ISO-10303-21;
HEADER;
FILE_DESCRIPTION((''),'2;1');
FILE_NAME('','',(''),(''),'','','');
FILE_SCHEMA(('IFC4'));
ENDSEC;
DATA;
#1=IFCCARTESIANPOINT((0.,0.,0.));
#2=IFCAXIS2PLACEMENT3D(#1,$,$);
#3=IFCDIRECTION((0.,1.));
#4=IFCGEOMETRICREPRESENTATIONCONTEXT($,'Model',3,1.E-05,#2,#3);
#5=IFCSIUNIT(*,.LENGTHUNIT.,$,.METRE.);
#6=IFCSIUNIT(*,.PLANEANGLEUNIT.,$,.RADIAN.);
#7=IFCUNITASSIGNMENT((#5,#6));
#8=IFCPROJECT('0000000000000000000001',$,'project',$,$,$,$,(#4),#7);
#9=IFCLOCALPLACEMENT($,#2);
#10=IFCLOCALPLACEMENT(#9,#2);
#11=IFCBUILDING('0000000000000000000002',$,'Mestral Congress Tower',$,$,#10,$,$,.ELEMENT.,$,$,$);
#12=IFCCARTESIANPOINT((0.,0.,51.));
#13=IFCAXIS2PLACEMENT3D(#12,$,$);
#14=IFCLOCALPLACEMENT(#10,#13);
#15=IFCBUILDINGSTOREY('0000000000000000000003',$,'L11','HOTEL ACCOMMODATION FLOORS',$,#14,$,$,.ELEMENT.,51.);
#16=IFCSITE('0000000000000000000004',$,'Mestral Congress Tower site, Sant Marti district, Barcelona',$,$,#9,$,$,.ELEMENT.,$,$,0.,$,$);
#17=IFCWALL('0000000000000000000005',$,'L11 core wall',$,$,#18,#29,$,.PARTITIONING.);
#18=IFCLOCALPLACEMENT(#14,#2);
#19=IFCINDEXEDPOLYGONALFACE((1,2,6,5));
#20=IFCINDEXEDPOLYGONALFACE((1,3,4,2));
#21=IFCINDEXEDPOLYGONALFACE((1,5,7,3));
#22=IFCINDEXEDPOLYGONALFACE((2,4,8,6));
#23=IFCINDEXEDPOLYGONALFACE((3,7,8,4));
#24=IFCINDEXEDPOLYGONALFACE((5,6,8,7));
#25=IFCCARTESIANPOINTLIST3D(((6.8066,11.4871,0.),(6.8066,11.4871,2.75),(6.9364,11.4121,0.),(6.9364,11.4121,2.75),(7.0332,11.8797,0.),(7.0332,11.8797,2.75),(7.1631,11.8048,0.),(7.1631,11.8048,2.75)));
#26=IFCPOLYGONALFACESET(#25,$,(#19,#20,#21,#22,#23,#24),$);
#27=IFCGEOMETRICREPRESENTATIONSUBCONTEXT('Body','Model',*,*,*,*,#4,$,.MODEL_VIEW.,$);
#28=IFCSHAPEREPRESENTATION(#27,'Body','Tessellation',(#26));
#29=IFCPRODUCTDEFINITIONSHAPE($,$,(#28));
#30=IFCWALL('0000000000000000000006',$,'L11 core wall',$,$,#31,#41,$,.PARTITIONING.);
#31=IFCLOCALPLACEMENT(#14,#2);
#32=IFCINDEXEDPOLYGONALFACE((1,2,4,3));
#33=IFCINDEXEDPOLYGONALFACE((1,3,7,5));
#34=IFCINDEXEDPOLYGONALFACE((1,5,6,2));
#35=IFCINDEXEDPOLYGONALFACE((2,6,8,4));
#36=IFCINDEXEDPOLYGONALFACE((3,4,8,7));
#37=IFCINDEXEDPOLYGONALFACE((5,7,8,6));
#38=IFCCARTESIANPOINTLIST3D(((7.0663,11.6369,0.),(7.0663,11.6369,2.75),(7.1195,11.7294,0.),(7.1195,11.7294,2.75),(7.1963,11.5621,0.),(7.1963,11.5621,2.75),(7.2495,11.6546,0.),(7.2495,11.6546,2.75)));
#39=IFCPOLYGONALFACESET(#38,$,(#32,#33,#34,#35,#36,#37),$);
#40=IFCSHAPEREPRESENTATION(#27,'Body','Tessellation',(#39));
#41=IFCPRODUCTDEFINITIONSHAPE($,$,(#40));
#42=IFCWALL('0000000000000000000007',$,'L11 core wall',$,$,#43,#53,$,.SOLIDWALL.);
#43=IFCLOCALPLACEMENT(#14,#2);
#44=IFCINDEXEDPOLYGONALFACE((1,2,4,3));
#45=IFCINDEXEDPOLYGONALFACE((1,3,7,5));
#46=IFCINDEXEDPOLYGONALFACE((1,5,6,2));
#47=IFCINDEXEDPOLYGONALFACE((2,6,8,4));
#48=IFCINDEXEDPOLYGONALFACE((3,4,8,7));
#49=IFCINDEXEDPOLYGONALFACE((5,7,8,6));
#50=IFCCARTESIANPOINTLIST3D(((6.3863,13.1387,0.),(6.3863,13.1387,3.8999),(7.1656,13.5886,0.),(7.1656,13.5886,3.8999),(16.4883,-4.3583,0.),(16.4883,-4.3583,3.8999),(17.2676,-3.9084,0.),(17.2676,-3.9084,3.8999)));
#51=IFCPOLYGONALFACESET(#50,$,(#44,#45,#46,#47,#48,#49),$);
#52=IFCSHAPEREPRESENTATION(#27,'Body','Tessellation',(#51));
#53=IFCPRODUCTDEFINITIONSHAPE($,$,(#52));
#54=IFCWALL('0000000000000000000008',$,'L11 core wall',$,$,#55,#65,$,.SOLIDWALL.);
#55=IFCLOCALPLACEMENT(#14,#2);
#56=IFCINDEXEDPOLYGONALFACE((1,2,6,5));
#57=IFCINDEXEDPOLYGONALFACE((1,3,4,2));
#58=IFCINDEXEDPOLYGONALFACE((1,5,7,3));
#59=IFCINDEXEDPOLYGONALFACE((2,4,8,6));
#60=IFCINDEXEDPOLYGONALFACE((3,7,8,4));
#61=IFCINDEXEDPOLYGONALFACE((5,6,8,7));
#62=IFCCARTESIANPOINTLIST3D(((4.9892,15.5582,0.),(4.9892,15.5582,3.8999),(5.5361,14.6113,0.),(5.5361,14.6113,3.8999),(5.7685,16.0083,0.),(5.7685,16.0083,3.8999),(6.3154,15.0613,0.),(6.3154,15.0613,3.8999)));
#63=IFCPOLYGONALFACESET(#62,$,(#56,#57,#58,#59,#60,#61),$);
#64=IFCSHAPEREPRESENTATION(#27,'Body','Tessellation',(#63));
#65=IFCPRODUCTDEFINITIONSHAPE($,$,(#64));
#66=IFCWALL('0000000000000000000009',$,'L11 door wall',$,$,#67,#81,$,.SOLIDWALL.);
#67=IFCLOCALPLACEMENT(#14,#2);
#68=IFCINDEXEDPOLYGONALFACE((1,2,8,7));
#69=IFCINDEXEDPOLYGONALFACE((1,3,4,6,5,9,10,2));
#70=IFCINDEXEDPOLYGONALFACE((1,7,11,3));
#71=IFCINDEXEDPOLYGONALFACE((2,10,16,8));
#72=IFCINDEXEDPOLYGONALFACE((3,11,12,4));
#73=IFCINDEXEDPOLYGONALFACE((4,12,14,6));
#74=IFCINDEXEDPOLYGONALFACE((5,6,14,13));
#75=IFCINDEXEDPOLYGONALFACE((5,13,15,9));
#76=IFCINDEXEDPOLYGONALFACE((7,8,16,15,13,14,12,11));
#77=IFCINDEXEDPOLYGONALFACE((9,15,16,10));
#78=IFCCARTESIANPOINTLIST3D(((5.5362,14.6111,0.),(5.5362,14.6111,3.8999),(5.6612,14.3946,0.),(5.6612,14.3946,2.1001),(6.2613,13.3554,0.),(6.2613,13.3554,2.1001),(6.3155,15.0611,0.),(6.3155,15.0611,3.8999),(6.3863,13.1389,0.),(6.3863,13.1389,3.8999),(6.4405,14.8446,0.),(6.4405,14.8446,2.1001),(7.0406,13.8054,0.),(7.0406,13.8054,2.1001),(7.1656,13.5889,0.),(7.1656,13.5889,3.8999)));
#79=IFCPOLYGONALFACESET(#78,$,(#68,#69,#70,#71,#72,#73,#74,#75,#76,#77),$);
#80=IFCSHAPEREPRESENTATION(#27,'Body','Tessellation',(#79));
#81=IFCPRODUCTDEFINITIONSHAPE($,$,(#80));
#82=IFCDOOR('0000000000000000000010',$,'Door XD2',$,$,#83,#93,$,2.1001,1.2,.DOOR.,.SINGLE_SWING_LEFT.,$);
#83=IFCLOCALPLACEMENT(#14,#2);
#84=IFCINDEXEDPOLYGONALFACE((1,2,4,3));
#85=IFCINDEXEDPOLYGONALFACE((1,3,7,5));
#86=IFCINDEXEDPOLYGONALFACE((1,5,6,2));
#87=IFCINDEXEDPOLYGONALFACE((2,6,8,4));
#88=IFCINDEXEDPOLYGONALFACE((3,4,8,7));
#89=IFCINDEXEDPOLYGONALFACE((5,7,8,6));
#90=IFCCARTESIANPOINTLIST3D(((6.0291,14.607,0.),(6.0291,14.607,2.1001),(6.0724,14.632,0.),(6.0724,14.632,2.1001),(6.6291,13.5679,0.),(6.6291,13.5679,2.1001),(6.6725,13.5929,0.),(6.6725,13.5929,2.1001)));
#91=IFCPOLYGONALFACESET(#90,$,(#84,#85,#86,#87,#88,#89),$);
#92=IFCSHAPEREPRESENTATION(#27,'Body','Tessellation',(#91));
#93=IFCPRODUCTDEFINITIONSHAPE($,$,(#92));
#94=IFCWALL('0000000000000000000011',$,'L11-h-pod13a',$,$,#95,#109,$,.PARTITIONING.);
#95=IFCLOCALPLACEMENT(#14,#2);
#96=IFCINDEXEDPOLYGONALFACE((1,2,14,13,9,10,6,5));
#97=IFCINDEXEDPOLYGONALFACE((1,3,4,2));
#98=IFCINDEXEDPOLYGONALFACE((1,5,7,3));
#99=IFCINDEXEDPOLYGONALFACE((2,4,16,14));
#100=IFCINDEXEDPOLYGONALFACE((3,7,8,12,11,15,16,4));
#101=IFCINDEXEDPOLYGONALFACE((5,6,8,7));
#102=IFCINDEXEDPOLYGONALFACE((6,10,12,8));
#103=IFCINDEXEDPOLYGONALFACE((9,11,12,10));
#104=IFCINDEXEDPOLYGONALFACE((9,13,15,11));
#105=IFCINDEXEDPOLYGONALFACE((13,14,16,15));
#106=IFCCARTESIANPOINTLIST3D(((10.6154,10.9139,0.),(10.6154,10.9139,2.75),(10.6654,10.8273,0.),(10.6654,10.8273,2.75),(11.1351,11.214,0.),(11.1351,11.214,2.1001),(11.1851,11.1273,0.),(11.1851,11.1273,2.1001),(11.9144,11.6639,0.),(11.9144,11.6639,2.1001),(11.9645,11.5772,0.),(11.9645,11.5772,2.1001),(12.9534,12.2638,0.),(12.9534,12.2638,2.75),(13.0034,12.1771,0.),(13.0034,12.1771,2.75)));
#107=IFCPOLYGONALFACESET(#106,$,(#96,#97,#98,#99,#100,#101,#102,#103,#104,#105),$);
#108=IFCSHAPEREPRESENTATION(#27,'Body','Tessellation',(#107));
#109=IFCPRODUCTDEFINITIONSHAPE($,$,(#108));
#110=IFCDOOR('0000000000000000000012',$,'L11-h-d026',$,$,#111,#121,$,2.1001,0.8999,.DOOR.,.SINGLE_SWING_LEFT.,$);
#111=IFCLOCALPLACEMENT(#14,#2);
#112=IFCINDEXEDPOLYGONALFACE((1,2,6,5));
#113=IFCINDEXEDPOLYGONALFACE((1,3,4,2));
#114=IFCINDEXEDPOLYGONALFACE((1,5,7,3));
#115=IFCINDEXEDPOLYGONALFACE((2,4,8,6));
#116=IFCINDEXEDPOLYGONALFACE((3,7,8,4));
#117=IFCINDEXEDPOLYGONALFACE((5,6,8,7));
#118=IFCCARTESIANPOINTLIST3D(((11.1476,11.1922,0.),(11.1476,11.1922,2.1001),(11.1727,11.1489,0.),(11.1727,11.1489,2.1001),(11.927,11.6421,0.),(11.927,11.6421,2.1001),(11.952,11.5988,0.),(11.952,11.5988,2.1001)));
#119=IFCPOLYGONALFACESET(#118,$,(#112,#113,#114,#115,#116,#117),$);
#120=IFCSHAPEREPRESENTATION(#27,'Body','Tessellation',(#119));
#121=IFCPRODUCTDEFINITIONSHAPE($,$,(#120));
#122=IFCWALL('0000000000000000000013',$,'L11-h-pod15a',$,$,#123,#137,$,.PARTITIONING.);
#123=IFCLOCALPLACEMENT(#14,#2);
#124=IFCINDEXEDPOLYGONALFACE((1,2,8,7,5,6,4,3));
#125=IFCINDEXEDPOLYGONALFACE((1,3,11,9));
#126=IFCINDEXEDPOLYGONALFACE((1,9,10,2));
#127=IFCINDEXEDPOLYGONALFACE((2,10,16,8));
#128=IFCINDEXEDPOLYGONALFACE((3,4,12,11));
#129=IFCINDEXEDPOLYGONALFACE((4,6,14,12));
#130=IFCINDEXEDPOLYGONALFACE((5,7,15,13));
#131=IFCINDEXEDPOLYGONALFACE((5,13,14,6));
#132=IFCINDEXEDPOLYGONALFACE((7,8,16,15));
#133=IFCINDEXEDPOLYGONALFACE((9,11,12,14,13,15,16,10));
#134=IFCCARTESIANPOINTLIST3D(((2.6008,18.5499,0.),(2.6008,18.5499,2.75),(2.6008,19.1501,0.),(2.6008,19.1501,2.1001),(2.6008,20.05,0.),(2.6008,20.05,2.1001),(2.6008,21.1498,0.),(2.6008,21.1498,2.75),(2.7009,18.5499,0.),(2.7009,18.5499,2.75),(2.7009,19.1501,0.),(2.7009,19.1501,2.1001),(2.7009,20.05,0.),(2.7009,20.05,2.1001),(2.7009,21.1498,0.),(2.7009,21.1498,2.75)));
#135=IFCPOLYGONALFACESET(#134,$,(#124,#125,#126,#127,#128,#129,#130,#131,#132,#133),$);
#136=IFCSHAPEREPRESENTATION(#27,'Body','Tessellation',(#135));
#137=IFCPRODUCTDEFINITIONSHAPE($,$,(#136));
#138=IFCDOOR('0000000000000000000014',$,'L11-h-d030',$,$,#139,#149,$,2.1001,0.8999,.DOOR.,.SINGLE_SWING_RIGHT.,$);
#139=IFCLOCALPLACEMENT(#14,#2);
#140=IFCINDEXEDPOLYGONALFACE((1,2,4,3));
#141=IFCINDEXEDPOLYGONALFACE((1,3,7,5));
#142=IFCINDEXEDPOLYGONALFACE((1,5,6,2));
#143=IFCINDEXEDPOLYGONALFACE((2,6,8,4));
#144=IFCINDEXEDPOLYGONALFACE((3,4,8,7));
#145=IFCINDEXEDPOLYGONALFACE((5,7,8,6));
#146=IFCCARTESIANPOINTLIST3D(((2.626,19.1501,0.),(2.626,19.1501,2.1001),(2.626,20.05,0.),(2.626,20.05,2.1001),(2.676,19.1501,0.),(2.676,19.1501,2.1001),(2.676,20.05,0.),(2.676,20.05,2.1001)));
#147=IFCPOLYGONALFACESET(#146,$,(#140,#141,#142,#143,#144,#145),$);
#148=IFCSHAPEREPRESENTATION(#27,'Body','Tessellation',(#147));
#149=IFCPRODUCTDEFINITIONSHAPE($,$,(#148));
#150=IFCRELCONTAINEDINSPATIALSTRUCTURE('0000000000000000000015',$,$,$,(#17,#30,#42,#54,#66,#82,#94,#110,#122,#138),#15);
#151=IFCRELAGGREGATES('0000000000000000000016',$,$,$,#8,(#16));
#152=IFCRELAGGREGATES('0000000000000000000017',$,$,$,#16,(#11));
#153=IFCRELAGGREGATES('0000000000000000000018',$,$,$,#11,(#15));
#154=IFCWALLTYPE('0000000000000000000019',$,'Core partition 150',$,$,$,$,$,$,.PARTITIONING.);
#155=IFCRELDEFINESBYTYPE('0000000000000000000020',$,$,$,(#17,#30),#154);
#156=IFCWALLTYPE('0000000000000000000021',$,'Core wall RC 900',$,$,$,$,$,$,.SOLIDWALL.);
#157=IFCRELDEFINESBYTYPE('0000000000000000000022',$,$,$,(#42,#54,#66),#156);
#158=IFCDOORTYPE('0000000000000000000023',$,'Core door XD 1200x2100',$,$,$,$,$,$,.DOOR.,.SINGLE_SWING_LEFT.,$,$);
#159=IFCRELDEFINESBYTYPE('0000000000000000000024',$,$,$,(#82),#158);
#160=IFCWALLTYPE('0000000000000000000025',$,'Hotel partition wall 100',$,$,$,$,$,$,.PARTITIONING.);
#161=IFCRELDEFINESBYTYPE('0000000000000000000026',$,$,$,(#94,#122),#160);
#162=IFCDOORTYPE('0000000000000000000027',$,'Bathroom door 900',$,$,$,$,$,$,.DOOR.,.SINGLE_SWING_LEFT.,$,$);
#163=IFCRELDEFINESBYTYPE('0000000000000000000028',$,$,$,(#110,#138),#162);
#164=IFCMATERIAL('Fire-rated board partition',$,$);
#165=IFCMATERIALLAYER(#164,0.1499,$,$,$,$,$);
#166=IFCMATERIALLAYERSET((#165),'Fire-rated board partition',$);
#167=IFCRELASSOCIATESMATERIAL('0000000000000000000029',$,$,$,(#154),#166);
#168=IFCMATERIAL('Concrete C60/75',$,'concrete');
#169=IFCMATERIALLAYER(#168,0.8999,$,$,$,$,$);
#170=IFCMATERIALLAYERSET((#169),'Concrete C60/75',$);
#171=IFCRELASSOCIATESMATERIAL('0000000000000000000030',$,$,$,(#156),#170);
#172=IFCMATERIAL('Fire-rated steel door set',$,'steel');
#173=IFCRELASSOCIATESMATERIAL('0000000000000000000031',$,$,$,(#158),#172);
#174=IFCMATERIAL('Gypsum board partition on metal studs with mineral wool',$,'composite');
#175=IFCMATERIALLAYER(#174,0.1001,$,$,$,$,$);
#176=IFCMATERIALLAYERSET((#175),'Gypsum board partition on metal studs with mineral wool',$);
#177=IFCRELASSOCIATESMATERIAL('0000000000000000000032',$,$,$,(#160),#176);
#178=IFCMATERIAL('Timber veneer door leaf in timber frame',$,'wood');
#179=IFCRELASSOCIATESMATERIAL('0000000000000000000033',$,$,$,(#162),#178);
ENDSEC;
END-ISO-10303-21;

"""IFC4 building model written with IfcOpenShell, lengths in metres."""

from ifc_helpers import new_model, si_unit, direction, frame, frame_2d, origin, place, context, subcontext, project, spatial, rectangle, extrude, material, layer, layer_set, type_object, element, fill, save


model = new_model("IFC4")

# Units and contexts
model_context = context("Model", 3, precision=1e-05, world=origin(), true_north=direction((0.0, 1.0)))
body_context = subcontext(model_context, "Body", "Model", "MODEL_VIEW")
ifc_project = project(units=[si_unit("LENGTHUNIT", "METRE"), si_unit("PLANEANGLEUNIT", "RADIAN")], contexts=[model_context])

# Site, building, storey
site_placement = place(None, origin())
site = spatial("IfcSite", under=ifc_project, at=site_placement, Name="Mestral Congress Tower site, Sant Marti district, Barcelona", CompositionType="ELEMENT", RefElevation=0.0)
building_placement = place(site_placement, origin())
building = spatial("IfcBuilding", under=site, at=building_placement, Name="Mestral Congress Tower", CompositionType="ELEMENT")
storey_placement = place(building_placement, frame((0.0, 0.0, 51.0)))
storey = spatial("IfcBuildingStorey", under=building, at=storey_placement, Name="L11", Description="HOTEL ACCOMMODATION FLOORS", CompositionType="ELEMENT", Elevation=51.0)

# Walls
ifc_material_1 = material(Name="Fire-rated board partition")
ifc_layer_1 = layer(ifc_material_1, 0.1499)
ifc_layer_set_1 = layer_set([ifc_layer_1], Name="Fire-rated board partition")
wall_type_1 = type_object("IfcWallType", Name="Core partition 150", PredefinedType="PARTITIONING", material=ifc_layer_set_1)
wall_1_placement = place(storey_placement, frame((6.8716, 11.4497, 0.0), z_axis=(0.0, 0.0, 1.0), x_axis=(0.499847, 0.866114, 0.0)))
element("IfcWall", 1, at=wall_1_placement, inside=storey, type_object=wall_type_1, Name="L11 core wall", PredefinedType="PARTITIONING", context=body_context, shape_type="SweptSolid", body=[
    extrude(rectangle(XDim=0.4534, YDim=0.1499, at=frame_2d((0.2266, 0.0))), origin(), (0.0, 0.0, 1.0), 2.75),
])
wall_2_placement = place(storey_placement, frame((7.1313, 11.5996, 0.0), z_axis=(0.0, 0.0, 1.0), x_axis=(0.4986, 0.866832, 0.0)))
element("IfcWall", 2, at=wall_2_placement, inside=storey, type_object=wall_type_1, Name="L11 core wall", PredefinedType="PARTITIONING", context=body_context, shape_type="SweptSolid", body=[
    extrude(rectangle(XDim=0.1067, YDim=0.1499, at=frame_2d((0.0532, 0.0))), origin(), (0.0, 0.0, 1.0), 2.75),
])
ifc_material_2 = material(Name="Concrete C60/75", Category="concrete")
ifc_layer_2 = layer(ifc_material_2, 0.8999)
ifc_layer_set_2 = layer_set([ifc_layer_2], Name="Concrete C60/75")
wall_type_2 = type_object("IfcWallType", Name="Core wall RC 900", PredefinedType="SOLIDWALL", material=ifc_layer_set_2)
wall_3_placement = place(storey_placement, frame((6.7759, 13.3638, 0.0), z_axis=(0.0, 0.0, 1.0), x_axis=(0.500004, -0.866023, 0.0)))
element("IfcWall", 3, at=wall_3_placement, inside=storey, type_object=wall_type_2, Name="L11 core wall", PredefinedType="SOLIDWALL", context=body_context, shape_type="SweptSolid", body=[
    extrude(rectangle(XDim=20.2039, YDim=0.8999, at=frame_2d((10.1021, 0.0))), origin(), (0.0, 0.0, 1.0), 3.8999),
])
wall_4_placement = place(storey_placement, frame((5.9258, 14.8362, 0.0), z_axis=(0.0, 0.0, 1.0), x_axis=(-0.500077, 0.865981, 0.0)))
element("IfcWall", 4, at=wall_4_placement, inside=storey, type_object=wall_type_2, Name="L11 core wall", PredefinedType="SOLIDWALL", context=body_context, shape_type="SweptSolid", body=[
    extrude(rectangle(XDim=1.0935, YDim=0.8999, at=frame_2d((0.5469, 0.0))), origin(), (0.0, 0.0, 1.0), 3.8999),
])

# Walls, openings, doors
wall_5_placement = place(storey_placement, frame((5.9258, 14.8362, 0.0), z_axis=(0.0, 0.0, 1.0), x_axis=(0.500062, -0.865989, 0.0)))
wall_5 = element("IfcWall", 5, at=wall_5_placement, inside=storey, type_object=wall_type_2, Name="L11 door wall", PredefinedType="SOLIDWALL", context=body_context, shape_type="SweptSolid", body=[
    extrude(rectangle(XDim=1.7, YDim=0.8999, at=frame_2d((0.8501, 0.0))), origin(), (0.0, 0.0, 1.0), 3.8999),
])
opening_1_placement = place(wall_5_placement, frame((0.25, 0.0, 0.0)))
opening_1 = element("IfcOpeningElement", 6, at=opening_1_placement, cuts=wall_5, PredefinedType="OPENING", context=body_context, shape_type="SweptSolid", body=[
    extrude(rectangle(XDim=1.2, YDim=2.1001, at=frame_2d((0.6001, 1.05))), frame((0.0, 0.46, 0.0), z_axis=(0.0, -1.0, 0.0), x_axis=(1.0, 0.0, 0.0)), (0.0, 0.0, 1.0), 0.9199),
])
ifc_material_3 = material(Name="Fire-rated steel door set", Category="steel")
door_type_1 = type_object("IfcDoorType", Name="Core door XD 1200x2100", OperationType="SINGLE_SWING_LEFT", PredefinedType="DOOR", material=ifc_material_3)
door_1_placement = place(opening_1_placement, origin())
door_1 = element("IfcDoor", 7, at=door_1_placement, inside=storey, type_object=door_type_1, Name="Door XD2", OperationType="SINGLE_SWING_LEFT", OverallHeight=2.1001, OverallWidth=1.2, PredefinedType="DOOR", context=body_context, shape_type="SweptSolid", body=[
    extrude(rectangle(XDim=1.2, YDim=2.1001, at=frame_2d((0.6001, 1.05))), frame((0.0, 0.0249, 0.0), z_axis=(0.0, -1.0, 0.0), x_axis=(1.0, 0.0, 0.0)), (0.0, 0.0, 1.0), 0.05),
])
fill(opening_1, door_1)
ifc_material_4 = material(Name="Gypsum board partition on metal studs with mineral wool", Category="composite")
ifc_layer_3 = layer(ifc_material_4, 0.1001)
ifc_layer_set_3 = layer_set([ifc_layer_3], Name="Gypsum board partition on metal studs with mineral wool")
wall_type_3 = type_object("IfcWallType", Name="Hotel partition wall 100", PredefinedType="PARTITIONING", material=ifc_layer_set_3)
wall_6_placement = place(storey_placement, frame((10.6404, 10.8706, 0.0), z_axis=(0.0, 0.0, 1.0), x_axis=(0.866037, 0.499981, 0.0)))
wall_6 = element("IfcWall", 8, at=wall_6_placement, inside=storey, type_object=wall_type_3, Name="L11-h-pod13a", PredefinedType="PARTITIONING", context=body_context, shape_type="SweptSolid", body=[
    extrude(rectangle(XDim=2.6997, YDim=0.1001, at=frame_2d((1.3499, 0.0))), origin(), (0.0, 0.0, 1.0), 2.75),
])
opening_2_placement = place(wall_6_placement, frame((0.6001, 0.0, 0.0)))
opening_2 = element("IfcOpeningElement", 9, at=opening_2_placement, cuts=wall_6, PredefinedType="OPENING", context=body_context, shape_type="SweptSolid", body=[
    extrude(rectangle(XDim=0.8999, YDim=2.1001, at=frame_2d((0.45, 1.05))), frame((0.0, 0.0601, 0.0), z_axis=(0.0, -1.0, 0.0), x_axis=(1.0, 0.0, 0.0)), (0.0, 0.0, 1.0), 0.1201),
])
ifc_material_5 = material(Name="Timber veneer door leaf in timber frame", Category="wood")
door_type_2 = type_object("IfcDoorType", Name="Bathroom door 900", OperationType="SINGLE_SWING_LEFT", PredefinedType="DOOR", material=ifc_material_5)
door_2_placement = place(opening_2_placement, origin())
door_2 = element("IfcDoor", 10, at=door_2_placement, inside=storey, type_object=door_type_2, Name="L11-h-d026", OperationType="SINGLE_SWING_LEFT", OverallHeight=2.1001, OverallWidth=0.8999, PredefinedType="DOOR", context=body_context, shape_type="SweptSolid", body=[
    extrude(rectangle(XDim=0.8999, YDim=2.1001, at=frame_2d((0.45, 1.05))), frame((0.0, 0.0249, 0.0), z_axis=(0.0, -1.0, 0.0), x_axis=(1.0, 0.0, 0.0)), (0.0, 0.0, 1.0), 0.05),
])
fill(opening_2, door_2)
wall_7_placement = place(storey_placement, frame((2.6509, 18.55, 0.0), z_axis=(0.0, 0.0, 1.0), x_axis=(0.0, 1.0, 0.0)))
wall_7 = element("IfcWall", 11, at=wall_7_placement, inside=storey, type_object=wall_type_3, Name="L11-h-pod15a", PredefinedType="PARTITIONING", context=body_context, shape_type="SweptSolid", body=[
    extrude(rectangle(XDim=2.5999, YDim=0.1001, at=frame_2d((1.2998, 0.0))), origin(), (0.0, 0.0, 1.0), 2.75),
])
opening_3_placement = place(wall_7_placement, frame((0.6001, 0.0, 0.0)))
opening_3 = element("IfcOpeningElement", 12, at=opening_3_placement, cuts=wall_7, PredefinedType="OPENING", context=body_context, shape_type="SweptSolid", body=[
    extrude(rectangle(XDim=0.8999, YDim=2.1001, at=frame_2d((0.45, 1.05))), frame((0.0, 0.0601, 0.0), z_axis=(0.0, -1.0, 0.0), x_axis=(1.0, 0.0, 0.0)), (0.0, 0.0, 1.0), 0.1201),
])
door_3_placement = place(opening_3_placement, origin())
door_3 = element("IfcDoor", 13, at=door_3_placement, inside=storey, type_object=door_type_2, Name="L11-h-d030", OperationType="SINGLE_SWING_RIGHT", OverallHeight=2.1001, OverallWidth=0.8999, PredefinedType="DOOR", context=body_context, shape_type="SweptSolid", body=[
    extrude(rectangle(XDim=0.8999, YDim=2.1001, at=frame_2d((0.45, 1.05))), frame((0.0, 0.0249, 0.0), z_axis=(0.0, -1.0, 0.0), x_axis=(1.0, 0.0, 0.0)), (0.0, 0.0, 1.0), 0.05),
])
fill(opening_3, door_3)

save(model, "model.ifc")
